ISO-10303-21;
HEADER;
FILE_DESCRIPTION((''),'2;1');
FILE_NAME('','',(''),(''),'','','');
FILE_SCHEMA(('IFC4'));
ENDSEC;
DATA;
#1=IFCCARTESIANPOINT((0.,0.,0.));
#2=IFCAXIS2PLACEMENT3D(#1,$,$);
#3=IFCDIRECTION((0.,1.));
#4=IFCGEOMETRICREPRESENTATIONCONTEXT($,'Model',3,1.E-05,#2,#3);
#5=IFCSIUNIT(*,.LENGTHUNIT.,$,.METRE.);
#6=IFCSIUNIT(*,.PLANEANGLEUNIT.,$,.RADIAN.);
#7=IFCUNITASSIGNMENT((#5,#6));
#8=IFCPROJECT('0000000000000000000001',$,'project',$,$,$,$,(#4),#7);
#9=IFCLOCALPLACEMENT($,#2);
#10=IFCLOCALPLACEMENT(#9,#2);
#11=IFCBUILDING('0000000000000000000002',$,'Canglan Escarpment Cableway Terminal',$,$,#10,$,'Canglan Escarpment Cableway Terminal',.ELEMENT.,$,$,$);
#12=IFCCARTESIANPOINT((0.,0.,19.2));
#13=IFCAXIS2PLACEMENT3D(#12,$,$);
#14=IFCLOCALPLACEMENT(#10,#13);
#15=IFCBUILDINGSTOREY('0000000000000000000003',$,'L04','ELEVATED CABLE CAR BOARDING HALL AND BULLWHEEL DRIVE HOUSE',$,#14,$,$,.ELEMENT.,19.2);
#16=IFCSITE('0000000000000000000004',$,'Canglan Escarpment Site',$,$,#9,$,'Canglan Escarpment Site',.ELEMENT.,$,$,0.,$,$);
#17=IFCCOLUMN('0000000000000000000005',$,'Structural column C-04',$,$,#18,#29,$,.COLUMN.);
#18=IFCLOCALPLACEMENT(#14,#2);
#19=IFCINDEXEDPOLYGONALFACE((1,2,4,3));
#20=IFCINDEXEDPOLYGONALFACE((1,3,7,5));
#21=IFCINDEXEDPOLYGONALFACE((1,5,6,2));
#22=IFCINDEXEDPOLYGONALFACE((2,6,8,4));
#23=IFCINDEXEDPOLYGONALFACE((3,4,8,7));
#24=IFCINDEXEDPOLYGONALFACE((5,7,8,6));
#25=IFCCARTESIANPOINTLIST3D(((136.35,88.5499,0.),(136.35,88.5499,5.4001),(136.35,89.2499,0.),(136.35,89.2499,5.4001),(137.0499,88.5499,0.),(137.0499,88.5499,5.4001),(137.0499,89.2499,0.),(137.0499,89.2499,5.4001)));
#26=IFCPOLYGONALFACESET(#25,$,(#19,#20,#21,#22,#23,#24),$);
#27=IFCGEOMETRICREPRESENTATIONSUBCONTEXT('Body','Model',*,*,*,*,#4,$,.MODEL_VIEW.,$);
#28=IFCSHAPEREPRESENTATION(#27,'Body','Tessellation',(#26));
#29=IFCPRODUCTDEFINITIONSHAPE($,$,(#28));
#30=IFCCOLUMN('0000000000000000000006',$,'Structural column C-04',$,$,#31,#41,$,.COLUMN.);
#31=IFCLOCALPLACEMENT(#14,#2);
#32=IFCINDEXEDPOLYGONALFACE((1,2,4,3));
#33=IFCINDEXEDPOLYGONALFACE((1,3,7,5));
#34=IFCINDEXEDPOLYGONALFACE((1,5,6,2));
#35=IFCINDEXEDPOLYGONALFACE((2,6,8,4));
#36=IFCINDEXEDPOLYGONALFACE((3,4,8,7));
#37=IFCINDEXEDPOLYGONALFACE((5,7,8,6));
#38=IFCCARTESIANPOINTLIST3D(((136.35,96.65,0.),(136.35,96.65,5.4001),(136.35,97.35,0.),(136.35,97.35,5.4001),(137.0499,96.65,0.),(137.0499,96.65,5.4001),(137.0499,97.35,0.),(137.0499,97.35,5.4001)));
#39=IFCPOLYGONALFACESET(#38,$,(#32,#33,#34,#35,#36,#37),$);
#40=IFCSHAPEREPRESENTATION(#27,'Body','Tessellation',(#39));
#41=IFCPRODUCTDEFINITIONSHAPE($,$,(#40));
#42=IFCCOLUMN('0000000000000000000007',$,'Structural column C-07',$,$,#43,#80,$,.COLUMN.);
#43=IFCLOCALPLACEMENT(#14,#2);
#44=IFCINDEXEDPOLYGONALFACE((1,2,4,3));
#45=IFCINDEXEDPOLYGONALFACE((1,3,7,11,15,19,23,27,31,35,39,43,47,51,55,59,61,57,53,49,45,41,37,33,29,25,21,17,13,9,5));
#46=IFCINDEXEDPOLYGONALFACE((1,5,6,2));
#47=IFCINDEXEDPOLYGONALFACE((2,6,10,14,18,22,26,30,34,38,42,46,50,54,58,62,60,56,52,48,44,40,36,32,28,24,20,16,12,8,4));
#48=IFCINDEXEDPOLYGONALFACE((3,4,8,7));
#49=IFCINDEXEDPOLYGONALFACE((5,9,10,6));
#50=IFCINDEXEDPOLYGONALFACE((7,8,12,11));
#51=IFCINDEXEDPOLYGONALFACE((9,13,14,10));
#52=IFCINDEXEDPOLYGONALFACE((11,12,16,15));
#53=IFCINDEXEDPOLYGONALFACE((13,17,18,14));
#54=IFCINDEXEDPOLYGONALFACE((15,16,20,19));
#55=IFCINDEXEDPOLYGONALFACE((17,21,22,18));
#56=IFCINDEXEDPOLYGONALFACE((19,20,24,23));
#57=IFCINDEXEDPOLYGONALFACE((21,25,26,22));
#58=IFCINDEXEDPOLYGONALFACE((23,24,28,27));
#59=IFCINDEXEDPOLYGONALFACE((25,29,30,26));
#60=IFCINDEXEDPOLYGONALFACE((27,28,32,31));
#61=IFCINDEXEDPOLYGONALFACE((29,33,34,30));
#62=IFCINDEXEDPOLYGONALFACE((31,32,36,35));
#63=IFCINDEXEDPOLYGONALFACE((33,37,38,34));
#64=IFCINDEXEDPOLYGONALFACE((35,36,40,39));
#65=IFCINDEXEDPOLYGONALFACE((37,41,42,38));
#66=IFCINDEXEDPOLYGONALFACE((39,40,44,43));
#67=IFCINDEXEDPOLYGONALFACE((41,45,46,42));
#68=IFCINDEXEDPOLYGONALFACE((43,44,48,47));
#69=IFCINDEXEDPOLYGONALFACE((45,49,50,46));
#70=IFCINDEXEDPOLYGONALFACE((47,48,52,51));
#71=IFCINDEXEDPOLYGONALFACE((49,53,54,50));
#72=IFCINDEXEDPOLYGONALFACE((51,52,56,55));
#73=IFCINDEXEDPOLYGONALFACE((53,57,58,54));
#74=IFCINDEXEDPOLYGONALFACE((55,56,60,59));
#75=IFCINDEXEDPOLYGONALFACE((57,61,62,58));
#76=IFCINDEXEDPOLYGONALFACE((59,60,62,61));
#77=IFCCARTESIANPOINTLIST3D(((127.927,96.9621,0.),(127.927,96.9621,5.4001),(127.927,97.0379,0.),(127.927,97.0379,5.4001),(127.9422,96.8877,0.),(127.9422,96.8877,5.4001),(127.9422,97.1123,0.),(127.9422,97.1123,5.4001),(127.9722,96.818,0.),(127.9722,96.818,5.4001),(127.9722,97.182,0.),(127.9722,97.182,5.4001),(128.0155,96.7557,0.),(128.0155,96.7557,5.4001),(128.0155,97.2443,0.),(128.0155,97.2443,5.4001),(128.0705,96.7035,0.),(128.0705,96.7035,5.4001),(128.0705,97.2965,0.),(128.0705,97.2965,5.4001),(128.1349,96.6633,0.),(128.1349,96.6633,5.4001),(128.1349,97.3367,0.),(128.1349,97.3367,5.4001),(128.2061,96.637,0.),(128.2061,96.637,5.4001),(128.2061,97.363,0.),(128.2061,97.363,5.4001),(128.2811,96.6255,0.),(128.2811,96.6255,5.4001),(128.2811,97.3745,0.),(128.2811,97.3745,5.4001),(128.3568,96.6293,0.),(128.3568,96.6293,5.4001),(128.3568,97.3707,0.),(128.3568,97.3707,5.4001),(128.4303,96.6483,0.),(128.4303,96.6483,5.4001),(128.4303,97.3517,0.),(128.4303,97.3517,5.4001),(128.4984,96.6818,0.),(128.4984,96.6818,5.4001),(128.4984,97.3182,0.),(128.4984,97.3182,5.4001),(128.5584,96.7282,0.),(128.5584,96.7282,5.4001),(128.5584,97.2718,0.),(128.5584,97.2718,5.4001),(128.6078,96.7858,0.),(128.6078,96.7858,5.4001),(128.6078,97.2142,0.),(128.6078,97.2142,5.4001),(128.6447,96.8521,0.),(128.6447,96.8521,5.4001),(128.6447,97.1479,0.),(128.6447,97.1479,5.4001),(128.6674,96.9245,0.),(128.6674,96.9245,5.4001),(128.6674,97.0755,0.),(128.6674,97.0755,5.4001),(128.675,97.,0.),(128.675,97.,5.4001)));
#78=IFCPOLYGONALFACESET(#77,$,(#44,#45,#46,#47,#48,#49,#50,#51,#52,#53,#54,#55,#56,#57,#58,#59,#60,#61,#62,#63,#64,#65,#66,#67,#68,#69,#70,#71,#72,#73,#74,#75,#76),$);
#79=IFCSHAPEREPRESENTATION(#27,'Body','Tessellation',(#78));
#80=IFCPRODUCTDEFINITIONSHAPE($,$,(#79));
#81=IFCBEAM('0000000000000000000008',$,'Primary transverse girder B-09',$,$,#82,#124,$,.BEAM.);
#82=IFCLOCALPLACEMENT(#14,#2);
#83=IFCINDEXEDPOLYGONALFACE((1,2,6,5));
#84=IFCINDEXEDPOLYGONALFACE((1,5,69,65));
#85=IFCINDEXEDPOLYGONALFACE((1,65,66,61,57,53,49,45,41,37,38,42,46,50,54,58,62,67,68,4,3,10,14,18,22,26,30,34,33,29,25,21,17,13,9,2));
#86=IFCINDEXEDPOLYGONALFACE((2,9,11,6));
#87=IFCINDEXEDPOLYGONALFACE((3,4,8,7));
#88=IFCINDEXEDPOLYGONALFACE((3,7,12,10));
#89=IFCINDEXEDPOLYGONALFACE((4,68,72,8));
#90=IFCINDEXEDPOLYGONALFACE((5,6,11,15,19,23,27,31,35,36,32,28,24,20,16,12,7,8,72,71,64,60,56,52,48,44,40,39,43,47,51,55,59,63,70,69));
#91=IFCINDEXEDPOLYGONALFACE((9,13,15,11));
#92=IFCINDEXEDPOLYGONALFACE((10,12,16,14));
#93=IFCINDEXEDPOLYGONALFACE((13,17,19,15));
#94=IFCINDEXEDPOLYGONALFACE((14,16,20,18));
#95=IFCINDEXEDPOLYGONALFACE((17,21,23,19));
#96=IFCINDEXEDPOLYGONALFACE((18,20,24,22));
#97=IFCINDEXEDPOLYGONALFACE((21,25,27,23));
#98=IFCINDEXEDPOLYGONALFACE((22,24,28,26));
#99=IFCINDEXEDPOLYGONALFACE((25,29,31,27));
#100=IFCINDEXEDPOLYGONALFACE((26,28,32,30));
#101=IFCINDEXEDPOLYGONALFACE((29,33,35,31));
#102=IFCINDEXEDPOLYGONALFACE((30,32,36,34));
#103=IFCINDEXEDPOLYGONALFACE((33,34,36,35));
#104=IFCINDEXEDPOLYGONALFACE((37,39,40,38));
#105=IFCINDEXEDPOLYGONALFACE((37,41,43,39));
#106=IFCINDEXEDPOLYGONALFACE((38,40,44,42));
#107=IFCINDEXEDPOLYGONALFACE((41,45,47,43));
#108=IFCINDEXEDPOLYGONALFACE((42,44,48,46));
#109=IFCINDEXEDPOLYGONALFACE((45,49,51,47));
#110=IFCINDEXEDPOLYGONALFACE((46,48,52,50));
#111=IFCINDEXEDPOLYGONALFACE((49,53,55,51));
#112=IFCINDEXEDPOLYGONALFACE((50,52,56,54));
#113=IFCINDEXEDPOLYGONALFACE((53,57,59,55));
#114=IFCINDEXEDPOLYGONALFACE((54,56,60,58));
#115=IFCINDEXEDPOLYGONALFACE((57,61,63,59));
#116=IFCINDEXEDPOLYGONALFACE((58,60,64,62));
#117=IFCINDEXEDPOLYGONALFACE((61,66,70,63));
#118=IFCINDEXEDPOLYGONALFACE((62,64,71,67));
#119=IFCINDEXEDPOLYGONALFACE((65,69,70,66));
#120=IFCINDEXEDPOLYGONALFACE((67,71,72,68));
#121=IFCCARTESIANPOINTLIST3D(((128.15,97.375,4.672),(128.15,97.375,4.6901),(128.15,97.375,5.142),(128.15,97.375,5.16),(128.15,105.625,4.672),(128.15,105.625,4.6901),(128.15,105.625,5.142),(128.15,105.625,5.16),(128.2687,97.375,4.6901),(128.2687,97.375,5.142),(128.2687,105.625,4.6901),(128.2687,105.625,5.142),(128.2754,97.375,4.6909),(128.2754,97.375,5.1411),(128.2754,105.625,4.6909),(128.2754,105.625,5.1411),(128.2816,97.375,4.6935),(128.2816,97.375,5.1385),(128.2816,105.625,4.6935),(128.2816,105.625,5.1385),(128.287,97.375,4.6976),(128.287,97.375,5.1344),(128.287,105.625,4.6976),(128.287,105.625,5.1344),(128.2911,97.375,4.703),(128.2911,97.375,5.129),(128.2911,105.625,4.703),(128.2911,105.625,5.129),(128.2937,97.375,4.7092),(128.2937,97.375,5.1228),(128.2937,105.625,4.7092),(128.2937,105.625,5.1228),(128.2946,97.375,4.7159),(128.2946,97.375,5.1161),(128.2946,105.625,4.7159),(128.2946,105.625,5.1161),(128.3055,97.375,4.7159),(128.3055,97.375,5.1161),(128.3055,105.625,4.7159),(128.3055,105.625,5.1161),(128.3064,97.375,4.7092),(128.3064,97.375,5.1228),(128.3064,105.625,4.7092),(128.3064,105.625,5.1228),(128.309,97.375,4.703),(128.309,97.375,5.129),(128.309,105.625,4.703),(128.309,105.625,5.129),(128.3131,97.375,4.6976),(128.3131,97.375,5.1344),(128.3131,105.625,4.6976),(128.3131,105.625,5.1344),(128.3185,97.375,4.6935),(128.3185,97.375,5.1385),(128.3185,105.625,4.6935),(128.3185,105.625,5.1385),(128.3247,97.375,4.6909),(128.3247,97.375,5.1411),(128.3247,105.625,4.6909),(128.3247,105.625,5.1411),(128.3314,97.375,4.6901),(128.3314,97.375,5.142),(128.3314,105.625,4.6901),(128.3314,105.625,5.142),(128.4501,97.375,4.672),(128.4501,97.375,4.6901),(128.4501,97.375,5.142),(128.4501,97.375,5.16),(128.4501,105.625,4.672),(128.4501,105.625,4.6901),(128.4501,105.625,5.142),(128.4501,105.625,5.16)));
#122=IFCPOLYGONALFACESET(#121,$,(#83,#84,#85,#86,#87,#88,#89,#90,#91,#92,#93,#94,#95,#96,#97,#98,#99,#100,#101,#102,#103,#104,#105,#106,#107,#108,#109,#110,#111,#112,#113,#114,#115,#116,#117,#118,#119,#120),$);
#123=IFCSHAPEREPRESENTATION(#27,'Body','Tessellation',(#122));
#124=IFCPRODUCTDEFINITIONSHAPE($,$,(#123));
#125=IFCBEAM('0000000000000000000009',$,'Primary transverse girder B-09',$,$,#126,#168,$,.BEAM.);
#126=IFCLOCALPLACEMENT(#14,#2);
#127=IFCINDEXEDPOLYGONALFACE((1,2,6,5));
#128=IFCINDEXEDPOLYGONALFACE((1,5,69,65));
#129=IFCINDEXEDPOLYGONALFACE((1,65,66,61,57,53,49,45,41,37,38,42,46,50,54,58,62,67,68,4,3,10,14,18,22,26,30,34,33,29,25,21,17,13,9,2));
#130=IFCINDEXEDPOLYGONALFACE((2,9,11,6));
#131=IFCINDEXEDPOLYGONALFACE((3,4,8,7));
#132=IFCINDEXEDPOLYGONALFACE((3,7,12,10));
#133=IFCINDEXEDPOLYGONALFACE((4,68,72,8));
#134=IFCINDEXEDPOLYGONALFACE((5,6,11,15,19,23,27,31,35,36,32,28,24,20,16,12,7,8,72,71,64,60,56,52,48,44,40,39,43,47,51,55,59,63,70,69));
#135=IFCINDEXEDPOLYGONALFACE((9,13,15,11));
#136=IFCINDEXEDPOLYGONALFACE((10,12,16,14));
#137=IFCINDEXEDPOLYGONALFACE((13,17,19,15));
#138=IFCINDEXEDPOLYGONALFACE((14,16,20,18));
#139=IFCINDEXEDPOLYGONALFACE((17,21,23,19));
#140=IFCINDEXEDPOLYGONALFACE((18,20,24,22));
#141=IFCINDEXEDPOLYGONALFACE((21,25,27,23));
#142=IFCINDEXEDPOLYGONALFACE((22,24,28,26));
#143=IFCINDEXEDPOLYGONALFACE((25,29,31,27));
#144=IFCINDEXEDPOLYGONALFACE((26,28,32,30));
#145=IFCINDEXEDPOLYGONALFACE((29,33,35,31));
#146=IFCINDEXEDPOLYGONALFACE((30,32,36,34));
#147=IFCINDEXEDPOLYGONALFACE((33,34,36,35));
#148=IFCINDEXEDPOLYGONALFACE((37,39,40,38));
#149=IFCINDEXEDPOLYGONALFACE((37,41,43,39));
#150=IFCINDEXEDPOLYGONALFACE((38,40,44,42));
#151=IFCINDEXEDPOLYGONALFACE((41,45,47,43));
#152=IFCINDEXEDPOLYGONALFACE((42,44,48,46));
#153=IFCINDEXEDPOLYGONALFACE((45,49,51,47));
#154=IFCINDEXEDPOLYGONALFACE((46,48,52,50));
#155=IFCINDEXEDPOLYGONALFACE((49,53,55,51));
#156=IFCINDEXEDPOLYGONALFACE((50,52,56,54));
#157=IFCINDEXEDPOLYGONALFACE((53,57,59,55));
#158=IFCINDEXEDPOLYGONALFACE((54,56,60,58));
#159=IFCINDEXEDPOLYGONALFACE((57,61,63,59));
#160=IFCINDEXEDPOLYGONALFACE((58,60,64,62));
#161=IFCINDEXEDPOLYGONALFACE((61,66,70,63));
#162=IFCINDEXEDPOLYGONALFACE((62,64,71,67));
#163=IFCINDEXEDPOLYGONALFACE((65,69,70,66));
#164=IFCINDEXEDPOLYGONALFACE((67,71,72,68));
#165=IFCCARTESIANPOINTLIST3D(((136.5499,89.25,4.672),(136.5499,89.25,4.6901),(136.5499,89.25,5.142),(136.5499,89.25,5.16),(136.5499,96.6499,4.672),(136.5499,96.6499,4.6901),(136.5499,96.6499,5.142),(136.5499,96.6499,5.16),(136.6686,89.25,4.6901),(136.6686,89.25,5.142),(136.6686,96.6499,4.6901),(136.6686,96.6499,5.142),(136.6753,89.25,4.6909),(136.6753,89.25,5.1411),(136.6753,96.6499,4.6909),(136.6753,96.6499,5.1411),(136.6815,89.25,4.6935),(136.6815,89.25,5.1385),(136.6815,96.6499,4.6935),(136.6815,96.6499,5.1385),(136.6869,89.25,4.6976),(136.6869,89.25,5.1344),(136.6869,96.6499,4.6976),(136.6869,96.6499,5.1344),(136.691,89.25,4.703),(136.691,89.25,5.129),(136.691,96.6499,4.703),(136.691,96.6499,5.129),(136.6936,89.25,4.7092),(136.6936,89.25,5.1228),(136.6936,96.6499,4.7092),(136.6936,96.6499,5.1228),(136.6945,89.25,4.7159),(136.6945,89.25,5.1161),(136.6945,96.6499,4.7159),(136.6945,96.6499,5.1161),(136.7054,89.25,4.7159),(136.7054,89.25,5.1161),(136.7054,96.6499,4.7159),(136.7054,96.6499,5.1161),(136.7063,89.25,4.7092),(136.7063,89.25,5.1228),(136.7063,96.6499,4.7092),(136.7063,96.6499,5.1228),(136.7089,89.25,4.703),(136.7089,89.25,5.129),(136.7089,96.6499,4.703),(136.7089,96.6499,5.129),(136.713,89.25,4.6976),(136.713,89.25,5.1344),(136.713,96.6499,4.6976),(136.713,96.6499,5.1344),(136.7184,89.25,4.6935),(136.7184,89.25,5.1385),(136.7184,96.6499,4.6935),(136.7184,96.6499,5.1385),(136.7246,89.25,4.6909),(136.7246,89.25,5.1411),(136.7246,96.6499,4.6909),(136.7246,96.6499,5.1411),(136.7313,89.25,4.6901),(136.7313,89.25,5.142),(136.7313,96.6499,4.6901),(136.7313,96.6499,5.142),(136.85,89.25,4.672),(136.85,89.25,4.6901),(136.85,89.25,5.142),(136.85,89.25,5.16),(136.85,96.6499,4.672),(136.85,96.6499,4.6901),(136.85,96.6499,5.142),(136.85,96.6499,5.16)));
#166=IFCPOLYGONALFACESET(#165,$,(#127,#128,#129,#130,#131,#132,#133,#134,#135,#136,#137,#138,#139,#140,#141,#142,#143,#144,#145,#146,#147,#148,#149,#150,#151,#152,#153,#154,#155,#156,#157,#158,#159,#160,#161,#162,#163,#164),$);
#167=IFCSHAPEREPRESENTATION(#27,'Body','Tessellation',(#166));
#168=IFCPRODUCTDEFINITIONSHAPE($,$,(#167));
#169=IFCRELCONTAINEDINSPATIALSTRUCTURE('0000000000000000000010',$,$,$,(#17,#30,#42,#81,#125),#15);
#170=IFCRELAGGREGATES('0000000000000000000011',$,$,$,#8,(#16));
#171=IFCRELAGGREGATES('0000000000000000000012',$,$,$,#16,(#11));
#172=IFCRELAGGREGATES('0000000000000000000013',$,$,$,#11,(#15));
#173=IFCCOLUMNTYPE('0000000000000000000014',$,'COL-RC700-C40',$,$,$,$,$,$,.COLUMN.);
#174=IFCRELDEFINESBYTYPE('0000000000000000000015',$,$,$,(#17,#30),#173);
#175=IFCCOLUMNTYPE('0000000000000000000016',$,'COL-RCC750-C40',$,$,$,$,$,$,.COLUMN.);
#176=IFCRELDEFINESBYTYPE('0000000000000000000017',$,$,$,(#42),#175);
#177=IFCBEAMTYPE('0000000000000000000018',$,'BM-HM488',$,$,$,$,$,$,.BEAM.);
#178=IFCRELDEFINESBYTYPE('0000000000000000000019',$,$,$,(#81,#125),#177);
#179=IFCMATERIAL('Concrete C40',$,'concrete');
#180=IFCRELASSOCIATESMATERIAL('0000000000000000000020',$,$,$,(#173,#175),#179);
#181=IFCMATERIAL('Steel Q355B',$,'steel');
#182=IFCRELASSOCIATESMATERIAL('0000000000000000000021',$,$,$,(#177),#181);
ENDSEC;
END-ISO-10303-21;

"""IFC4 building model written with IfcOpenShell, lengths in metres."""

from ifc_helpers import new_model, si_unit, direction, frame, origin, origin_2d, place, context, subcontext, project, spatial, rectangle, circle, i_section, extrude, material, material_profile, profile_set, type_object, element, save


model = new_model("IFC4")

# Units and contexts
model_context = context("Model", 3, precision=1e-05, world=origin(), true_north=direction((0.0, 1.0)))
body_context = subcontext(model_context, "Body", "Model", "MODEL_VIEW")
ifc_project = project(units=[si_unit("LENGTHUNIT", "METRE"), si_unit("PLANEANGLEUNIT", "RADIAN")], contexts=[model_context])

# Site, building, storey
site_placement = place(None, origin())
site = spatial("IfcSite", under=ifc_project, at=site_placement, Name="Canglan Escarpment Site", LongName="Canglan Escarpment Site", CompositionType="ELEMENT", RefElevation=0.0)
building_placement = place(site_placement, origin())
building = spatial("IfcBuilding", under=site, at=building_placement, Name="Canglan Escarpment Cableway Terminal", LongName="Canglan Escarpment Cableway Terminal", CompositionType="ELEMENT")
storey_placement = place(building_placement, frame((0.0, 0.0, 19.2)))
storey = spatial("IfcBuildingStorey", under=building, at=storey_placement, Name="L04", Description="ELEVATED CABLE CAR BOARDING HALL AND BULLWHEEL DRIVE HOUSE", CompositionType="ELEMENT", Elevation=19.2)

# Columns
ifc_material_1 = material(Name="Concrete C40", Category="concrete")
ifc_material_profile_1 = material_profile(ifc_material_1, rectangle(XDim=0.7, YDim=0.7, at=origin_2d()), Name="RC 700x700")
ifc_profile_set_1 = profile_set([ifc_material_profile_1], Name="Concrete C40")
column_type_1 = type_object("IfcColumnType", Name="COL-RC700-C40", PredefinedType="COLUMN", material=ifc_profile_set_1)
for number, where, z_axis, x_axis, name in (
    (1, (136.7, 88.8999, 0.0), (0.0, 0.0, 1.0), (1.0, 0.0, 0.0), "Structural column C-04"),
    (2, (136.7, 97.0, 0.0), (0.0, 0.0, 1.0), (1.0, 0.0, 0.0), "Structural column C-04"),
):
    element("IfcColumn", number, at=place(storey_placement, frame(where, z_axis=z_axis, x_axis=x_axis)), inside=storey, type_object=column_type_1, Name=name, PredefinedType="COLUMN", context=body_context, shape_type="SweptSolid", body=[
        extrude(rectangle(XDim=0.7, YDim=0.7, at=origin_2d()), origin(), (0.0, 0.0, 1.0), 5.4001),
    ])
ifc_material_profile_2 = material_profile(ifc_material_1, circle(Radius=0.375, at=origin_2d()), Name="RC-CIRC D750")
ifc_profile_set_2 = profile_set([ifc_material_profile_2], Name="Concrete C40")
column_type_2 = type_object("IfcColumnType", Name="COL-RCC750-C40", PredefinedType="COLUMN", material=ifc_profile_set_2)
column_placement = place(storey_placement, frame((128.3, 97.0, 0.0), z_axis=(0.0, 0.0, 1.0), x_axis=(1.0, 0.0, 0.0)))
element("IfcColumn", 3, at=column_placement, inside=storey, type_object=column_type_2, Name="Structural column C-07", PredefinedType="COLUMN", context=body_context, shape_type="SweptSolid", body=[
    extrude(circle(Radius=0.375, at=origin_2d()), origin(), (0.0, 0.0, 1.0), 5.4001),
])

# Beams
ifc_material_2 = material(Name="Steel Q355B", Category="steel")
ifc_material_profile_3 = material_profile(ifc_material_2, i_section(OverallWidth=0.3, OverallDepth=0.488, WebThickness=0.011, FlangeThickness=0.0181, FilletRadius=0.0259, at=origin_2d()), Name="HM 488x300x11x18")
ifc_profile_set_3 = profile_set([ifc_material_profile_3], Name="Steel Q355B")
beam_type_1 = type_object("IfcBeamType", Name="BM-HM488", PredefinedType="BEAM", material=ifc_profile_set_3)
beam_1_placement = place(storey_placement, frame((128.3, 97.375, 4.916), z_axis=(0.0, 1.0, 0.0), x_axis=(-1.0, 0.0, 0.0)))
element("IfcBeam", 4, at=beam_1_placement, inside=storey, type_object=beam_type_1, Name="Primary transverse girder B-09", PredefinedType="BEAM", context=body_context, shape_type="SweptSolid", body=[
    extrude(i_section(OverallWidth=0.3, OverallDepth=0.488, WebThickness=0.011, FlangeThickness=0.0181, FilletRadius=0.0259, at=origin_2d()), origin(), (0.0, 0.0, 1.0), 8.25),
])
beam_2_placement = place(storey_placement, frame((136.7, 89.25, 4.916), z_axis=(0.0, 1.0, 0.0), x_axis=(-1.0, 0.0, 0.0)))
element("IfcBeam", 5, at=beam_2_placement, inside=storey, type_object=beam_type_1, Name="Primary transverse girder B-09", PredefinedType="BEAM", context=body_context, shape_type="SweptSolid", body=[
    extrude(i_section(OverallWidth=0.3, OverallDepth=0.488, WebThickness=0.011, FlangeThickness=0.0181, FilletRadius=0.0259, at=origin_2d()), origin(), (0.0, 0.0, 1.0), 7.3999),
])

save(model, "model.ifc")
